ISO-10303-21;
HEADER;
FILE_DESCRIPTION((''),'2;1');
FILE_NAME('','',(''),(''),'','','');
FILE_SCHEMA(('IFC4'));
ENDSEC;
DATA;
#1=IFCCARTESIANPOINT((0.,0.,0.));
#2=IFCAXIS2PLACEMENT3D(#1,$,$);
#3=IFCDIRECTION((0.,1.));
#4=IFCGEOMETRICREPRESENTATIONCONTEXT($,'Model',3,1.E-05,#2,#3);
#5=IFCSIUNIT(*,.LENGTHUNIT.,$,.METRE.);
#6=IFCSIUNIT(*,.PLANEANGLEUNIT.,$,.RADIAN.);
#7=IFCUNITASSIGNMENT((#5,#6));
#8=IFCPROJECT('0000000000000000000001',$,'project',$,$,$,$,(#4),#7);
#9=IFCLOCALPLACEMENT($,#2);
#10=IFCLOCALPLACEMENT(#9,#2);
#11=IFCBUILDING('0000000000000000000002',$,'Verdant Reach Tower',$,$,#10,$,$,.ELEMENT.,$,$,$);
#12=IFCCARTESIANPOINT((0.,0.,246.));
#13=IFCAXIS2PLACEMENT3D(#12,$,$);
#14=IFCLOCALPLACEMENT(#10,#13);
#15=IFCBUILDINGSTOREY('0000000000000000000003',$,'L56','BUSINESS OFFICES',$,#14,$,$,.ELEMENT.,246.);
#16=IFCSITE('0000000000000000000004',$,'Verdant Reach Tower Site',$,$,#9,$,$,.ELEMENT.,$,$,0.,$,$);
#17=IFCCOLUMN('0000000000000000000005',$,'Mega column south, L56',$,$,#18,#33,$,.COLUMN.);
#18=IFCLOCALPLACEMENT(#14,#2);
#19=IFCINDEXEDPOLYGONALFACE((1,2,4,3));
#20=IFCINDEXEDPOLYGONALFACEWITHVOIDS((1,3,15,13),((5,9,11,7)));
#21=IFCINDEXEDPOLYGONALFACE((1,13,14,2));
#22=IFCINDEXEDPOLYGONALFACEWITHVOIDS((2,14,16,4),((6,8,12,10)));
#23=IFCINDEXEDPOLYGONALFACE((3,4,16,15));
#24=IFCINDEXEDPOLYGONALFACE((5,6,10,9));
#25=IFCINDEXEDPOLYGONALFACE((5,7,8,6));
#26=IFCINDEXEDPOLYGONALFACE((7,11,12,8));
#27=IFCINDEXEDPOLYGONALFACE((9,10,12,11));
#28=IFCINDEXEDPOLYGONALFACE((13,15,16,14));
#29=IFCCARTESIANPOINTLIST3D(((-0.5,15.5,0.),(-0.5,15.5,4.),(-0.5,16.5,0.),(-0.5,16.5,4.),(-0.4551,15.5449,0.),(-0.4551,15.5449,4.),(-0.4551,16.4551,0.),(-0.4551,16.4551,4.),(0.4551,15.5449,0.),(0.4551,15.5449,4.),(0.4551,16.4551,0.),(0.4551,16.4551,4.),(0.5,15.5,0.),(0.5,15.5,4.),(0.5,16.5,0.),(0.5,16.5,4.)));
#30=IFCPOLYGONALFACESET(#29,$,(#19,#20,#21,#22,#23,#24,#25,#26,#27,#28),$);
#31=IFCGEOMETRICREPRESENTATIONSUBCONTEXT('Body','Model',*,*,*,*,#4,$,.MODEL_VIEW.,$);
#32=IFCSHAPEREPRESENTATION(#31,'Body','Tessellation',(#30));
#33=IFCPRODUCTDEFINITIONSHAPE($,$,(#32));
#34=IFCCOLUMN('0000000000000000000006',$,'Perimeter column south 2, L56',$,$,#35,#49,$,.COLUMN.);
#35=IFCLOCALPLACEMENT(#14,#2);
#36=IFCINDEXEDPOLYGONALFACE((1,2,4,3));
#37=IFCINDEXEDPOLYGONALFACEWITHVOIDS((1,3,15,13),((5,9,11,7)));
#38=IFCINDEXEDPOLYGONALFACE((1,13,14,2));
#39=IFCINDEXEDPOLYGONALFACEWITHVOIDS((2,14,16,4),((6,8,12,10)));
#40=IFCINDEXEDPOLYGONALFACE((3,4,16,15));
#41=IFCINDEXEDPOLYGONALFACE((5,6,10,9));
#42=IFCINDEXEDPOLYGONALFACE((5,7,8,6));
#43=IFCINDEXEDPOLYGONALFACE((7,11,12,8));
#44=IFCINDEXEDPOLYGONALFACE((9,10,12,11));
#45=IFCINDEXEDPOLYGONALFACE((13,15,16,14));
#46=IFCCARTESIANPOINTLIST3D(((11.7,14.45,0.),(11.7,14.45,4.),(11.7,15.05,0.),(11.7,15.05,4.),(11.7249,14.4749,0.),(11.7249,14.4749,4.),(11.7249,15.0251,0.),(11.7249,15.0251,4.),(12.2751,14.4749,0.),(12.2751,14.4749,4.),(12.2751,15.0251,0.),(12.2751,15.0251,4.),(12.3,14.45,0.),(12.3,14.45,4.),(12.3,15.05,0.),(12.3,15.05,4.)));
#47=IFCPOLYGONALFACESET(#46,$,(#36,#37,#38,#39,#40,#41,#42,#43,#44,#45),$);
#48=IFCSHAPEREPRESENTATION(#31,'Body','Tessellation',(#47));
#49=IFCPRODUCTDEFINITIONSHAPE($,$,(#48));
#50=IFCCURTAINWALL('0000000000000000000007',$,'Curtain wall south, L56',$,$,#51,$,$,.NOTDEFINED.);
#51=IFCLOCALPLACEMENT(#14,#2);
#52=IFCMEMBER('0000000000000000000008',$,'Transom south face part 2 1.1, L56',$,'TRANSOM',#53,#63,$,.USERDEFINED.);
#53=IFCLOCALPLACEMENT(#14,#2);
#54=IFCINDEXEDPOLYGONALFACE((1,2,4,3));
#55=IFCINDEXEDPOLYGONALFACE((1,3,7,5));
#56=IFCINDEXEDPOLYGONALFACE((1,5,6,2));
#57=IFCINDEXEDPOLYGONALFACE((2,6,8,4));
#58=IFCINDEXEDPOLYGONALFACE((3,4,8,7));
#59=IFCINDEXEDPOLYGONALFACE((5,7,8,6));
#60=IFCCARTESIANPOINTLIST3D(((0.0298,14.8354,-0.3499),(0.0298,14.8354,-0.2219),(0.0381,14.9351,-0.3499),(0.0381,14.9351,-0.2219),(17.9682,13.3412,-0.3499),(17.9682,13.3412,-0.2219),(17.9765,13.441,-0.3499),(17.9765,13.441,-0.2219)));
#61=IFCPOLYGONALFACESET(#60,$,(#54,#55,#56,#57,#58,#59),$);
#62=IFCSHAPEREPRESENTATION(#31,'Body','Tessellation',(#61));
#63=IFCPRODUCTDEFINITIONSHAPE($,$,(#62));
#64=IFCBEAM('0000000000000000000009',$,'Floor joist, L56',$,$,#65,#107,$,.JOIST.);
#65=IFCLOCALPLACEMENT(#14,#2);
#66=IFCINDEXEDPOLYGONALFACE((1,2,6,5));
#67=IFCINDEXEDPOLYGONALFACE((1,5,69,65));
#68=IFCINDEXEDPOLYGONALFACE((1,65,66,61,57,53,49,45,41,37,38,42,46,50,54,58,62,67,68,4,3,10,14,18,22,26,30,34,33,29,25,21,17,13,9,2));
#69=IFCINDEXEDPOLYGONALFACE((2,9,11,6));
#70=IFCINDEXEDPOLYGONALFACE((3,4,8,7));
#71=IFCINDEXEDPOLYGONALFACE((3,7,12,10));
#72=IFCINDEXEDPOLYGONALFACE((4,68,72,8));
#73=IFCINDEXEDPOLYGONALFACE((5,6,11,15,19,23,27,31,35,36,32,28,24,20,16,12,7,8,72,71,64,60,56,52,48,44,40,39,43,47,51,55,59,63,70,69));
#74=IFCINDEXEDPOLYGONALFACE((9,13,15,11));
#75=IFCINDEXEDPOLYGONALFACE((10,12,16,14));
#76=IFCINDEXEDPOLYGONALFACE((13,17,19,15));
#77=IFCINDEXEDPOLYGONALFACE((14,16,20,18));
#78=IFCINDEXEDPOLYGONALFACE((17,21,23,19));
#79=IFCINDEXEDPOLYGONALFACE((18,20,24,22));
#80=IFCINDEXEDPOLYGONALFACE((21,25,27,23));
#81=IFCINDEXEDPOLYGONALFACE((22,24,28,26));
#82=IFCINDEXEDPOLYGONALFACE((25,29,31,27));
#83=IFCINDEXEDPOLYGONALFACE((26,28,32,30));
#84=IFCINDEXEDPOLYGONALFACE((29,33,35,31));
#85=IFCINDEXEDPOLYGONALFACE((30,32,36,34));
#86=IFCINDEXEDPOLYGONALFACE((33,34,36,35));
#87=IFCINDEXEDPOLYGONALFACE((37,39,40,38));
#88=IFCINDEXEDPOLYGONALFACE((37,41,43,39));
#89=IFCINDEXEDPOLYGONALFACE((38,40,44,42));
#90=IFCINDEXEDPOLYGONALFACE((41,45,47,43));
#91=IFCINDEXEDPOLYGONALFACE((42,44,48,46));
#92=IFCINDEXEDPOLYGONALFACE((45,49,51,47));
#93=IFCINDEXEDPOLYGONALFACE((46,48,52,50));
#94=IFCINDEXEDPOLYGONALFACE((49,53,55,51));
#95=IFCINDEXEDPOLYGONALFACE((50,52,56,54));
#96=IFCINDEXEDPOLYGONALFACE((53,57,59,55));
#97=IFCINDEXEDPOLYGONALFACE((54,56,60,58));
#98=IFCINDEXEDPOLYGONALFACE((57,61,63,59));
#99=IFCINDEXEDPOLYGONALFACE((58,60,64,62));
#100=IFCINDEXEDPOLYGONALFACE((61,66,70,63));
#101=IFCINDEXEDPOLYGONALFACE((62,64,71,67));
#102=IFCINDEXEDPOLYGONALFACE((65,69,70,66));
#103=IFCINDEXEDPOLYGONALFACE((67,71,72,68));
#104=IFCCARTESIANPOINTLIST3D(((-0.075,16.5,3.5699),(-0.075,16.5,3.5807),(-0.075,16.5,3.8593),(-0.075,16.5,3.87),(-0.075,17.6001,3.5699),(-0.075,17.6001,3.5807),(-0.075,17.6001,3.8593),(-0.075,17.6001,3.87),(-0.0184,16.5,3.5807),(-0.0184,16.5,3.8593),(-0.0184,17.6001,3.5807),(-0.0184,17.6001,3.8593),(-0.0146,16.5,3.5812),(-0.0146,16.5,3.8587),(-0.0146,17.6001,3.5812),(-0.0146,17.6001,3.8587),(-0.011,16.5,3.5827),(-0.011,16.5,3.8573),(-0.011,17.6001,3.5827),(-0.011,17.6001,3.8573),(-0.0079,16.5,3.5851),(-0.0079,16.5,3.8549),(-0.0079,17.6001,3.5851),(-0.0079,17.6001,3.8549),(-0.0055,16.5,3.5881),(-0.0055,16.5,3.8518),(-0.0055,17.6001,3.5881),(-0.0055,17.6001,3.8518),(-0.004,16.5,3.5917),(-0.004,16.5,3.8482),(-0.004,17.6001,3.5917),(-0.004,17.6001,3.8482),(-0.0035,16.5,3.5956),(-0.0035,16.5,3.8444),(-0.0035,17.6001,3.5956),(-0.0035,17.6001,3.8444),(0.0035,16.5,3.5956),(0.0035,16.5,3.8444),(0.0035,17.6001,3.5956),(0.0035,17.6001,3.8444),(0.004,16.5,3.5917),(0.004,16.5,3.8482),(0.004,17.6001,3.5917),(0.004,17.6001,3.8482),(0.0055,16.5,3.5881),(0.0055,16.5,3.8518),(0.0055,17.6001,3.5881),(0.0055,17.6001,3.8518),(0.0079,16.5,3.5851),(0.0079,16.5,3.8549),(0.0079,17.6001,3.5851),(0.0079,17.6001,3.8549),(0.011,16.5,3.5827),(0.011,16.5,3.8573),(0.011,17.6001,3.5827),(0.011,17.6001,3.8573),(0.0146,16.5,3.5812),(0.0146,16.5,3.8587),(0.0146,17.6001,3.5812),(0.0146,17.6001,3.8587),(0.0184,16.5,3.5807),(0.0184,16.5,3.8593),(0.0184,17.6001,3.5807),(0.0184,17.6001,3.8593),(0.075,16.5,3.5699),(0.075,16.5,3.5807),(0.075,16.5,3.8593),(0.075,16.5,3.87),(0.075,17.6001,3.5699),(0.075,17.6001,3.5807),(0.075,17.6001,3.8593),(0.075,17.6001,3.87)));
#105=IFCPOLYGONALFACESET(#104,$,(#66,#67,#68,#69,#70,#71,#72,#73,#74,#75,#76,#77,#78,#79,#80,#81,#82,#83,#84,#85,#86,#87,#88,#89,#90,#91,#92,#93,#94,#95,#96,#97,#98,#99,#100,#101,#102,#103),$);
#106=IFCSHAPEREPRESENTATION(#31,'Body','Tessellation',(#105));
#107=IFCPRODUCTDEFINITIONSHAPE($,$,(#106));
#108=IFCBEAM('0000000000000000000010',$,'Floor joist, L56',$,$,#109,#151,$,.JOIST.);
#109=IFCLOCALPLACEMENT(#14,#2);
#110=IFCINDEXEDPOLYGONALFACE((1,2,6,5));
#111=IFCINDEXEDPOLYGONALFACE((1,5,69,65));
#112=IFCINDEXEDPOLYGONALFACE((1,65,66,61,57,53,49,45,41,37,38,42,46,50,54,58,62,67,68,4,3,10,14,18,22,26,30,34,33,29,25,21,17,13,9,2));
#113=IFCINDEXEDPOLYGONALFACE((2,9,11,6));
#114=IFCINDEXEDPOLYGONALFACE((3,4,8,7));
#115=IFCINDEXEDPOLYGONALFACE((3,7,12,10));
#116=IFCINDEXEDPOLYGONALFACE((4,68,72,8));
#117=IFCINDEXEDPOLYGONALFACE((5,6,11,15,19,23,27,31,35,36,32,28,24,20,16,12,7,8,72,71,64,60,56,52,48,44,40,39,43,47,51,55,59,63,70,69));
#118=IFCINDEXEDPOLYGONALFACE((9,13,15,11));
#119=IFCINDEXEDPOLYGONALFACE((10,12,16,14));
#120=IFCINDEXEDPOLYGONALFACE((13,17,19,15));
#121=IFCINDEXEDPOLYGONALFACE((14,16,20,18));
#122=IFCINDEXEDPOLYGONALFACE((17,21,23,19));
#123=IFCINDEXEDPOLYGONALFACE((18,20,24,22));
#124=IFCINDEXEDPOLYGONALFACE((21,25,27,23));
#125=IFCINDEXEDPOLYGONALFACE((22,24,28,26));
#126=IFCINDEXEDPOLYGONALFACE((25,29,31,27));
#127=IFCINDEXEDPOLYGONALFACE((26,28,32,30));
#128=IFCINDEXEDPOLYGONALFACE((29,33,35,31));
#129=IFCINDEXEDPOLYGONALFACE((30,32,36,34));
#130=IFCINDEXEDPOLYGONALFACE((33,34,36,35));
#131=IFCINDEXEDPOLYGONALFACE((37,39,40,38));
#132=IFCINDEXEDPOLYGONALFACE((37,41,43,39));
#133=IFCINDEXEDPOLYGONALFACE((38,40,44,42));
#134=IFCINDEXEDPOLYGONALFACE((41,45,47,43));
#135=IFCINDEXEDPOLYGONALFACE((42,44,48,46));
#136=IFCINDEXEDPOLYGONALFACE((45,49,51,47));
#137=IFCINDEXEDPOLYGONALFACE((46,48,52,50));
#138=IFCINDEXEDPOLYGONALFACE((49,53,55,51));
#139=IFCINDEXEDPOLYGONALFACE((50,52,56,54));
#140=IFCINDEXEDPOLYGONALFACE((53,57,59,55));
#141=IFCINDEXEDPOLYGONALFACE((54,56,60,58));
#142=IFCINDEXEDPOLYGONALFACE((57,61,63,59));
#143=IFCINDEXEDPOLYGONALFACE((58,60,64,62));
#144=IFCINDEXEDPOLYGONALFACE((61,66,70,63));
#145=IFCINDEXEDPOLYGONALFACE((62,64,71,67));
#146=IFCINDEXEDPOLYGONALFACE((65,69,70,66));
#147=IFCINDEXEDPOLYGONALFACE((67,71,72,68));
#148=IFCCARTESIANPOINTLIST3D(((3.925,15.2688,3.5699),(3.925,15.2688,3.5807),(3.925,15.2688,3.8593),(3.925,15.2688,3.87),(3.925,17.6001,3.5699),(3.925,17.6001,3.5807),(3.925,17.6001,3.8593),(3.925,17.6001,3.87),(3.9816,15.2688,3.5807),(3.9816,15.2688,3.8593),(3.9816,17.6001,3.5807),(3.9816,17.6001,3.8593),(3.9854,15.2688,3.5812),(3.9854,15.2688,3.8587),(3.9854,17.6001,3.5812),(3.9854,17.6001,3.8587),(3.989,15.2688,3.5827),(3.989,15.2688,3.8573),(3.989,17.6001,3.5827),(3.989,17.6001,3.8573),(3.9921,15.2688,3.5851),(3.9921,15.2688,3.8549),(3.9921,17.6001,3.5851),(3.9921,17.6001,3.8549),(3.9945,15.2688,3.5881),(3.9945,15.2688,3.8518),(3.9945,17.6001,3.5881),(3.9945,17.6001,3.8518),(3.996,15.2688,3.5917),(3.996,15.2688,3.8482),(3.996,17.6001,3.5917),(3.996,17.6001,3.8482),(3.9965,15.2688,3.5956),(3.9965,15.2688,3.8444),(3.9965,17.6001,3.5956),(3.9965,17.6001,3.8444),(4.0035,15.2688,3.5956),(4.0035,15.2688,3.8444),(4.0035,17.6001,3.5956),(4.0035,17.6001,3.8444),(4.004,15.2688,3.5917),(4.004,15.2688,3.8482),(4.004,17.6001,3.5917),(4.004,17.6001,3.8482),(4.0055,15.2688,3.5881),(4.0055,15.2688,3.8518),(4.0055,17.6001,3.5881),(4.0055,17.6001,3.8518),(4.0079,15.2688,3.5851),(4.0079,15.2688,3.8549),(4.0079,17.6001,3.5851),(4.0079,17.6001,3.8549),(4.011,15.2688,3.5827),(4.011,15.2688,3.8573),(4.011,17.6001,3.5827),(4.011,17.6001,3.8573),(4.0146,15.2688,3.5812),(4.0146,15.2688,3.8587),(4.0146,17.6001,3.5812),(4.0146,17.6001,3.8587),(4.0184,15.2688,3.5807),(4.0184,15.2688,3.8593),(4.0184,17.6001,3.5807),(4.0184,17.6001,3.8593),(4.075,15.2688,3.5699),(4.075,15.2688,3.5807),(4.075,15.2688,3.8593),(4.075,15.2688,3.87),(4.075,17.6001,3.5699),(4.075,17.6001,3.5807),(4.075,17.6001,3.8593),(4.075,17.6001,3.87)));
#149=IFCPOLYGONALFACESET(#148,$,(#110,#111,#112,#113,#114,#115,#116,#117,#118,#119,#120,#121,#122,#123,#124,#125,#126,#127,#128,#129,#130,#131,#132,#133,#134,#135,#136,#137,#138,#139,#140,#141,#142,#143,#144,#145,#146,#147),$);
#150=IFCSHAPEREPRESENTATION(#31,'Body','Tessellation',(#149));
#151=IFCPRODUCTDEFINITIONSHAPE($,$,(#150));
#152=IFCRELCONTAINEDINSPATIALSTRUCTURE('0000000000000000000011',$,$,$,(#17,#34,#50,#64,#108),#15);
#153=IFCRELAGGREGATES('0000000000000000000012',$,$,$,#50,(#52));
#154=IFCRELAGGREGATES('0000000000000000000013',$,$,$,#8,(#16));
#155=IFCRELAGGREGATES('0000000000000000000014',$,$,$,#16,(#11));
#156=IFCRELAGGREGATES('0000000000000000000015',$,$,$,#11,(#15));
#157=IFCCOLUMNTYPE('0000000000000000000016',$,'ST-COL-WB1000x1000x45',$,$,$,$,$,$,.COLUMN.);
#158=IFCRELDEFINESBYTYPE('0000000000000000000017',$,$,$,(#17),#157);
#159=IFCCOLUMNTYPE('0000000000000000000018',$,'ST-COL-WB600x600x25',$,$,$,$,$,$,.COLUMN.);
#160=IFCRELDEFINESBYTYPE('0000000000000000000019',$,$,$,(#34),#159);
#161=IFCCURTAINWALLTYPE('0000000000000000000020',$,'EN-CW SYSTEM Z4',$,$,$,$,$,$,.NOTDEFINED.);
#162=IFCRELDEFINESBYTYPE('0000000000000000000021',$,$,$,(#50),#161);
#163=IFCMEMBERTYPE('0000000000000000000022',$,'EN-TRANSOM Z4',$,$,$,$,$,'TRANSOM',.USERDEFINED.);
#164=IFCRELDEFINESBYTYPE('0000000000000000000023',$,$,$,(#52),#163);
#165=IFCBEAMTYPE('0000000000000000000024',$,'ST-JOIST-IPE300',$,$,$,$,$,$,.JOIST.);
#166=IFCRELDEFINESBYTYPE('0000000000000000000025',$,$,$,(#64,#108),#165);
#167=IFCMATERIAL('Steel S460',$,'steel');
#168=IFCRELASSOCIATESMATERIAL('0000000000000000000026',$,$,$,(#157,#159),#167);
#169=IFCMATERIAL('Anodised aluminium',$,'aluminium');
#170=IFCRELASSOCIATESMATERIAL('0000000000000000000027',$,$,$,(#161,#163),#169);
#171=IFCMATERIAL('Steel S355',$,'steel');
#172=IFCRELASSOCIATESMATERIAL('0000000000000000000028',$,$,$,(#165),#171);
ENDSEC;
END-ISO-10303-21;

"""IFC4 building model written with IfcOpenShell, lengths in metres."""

from ifc_helpers import new_model, si_unit, direction, frame, origin, origin_2d, place, context, subcontext, project, spatial, rectangle, hollow_rectangle, i_section, extrude, material, material_profile, profile_set, type_object, element, aggregate, save


model = new_model("IFC4")

# Units and contexts
model_context = context("Model", 3, precision=1e-05, world=origin(), true_north=direction((0.0, 1.0)))
body_context = subcontext(model_context, "Body", "Model", "MODEL_VIEW")
ifc_project = project(units=[si_unit("LENGTHUNIT", "METRE"), si_unit("PLANEANGLEUNIT", "RADIAN")], contexts=[model_context])

# Site, building, storey
site_placement = place(None, origin())
site = spatial("IfcSite", under=ifc_project, at=site_placement, Name="Verdant Reach Tower Site", CompositionType="ELEMENT", RefElevation=0.0)
building_placement = place(site_placement, origin())
building = spatial("IfcBuilding", under=site, at=building_placement, Name="Verdant Reach Tower", CompositionType="ELEMENT")
storey_placement = place(building_placement, frame((0.0, 0.0, 246.0)))
storey = spatial("IfcBuildingStorey", under=building, at=storey_placement, Name="L56", Description="BUSINESS OFFICES", CompositionType="ELEMENT", Elevation=246.0)

# Columns
ifc_material_1 = material(Name="Steel S460", Category="steel")
ifc_material_profile_1 = material_profile(ifc_material_1, hollow_rectangle(XDim=1.0, YDim=1.0, WallThickness=0.0449, at=origin_2d()), Name="WB 1000x1000x45")
ifc_profile_set_1 = profile_set([ifc_material_profile_1], Name="Steel S460")
column_type_1 = type_object("IfcColumnType", Name="ST-COL-WB1000x1000x45", PredefinedType="COLUMN", material=ifc_profile_set_1)
column_1_placement = place(storey_placement, frame((0.0, 16.0, 0.0), z_axis=(0.0, 0.0, 1.0), x_axis=(1.0, 0.0, 0.0)))
element("IfcColumn", 1, at=column_1_placement, inside=storey, type_object=column_type_1, Name="Mega column south, L56", PredefinedType="COLUMN", context=body_context, shape_type="SweptSolid", body=[
    extrude(hollow_rectangle(XDim=1.0, YDim=1.0, WallThickness=0.0449, at=origin_2d()), origin(), (0.0, 0.0, 1.0), 4.0),
])
ifc_material_profile_2 = material_profile(ifc_material_1, hollow_rectangle(XDim=0.6001, YDim=0.6001, WallThickness=0.0249, at=origin_2d()), Name="WB 600x600x25")
ifc_profile_set_2 = profile_set([ifc_material_profile_2], Name="Steel S460")
column_type_2 = type_object("IfcColumnType", Name="ST-COL-WB600x600x25", PredefinedType="COLUMN", material=ifc_profile_set_2)
column_2_placement = place(storey_placement, frame((12.0, 14.75, 0.0), z_axis=(0.0, 0.0, 1.0), x_axis=(1.0, 0.0, 0.0)))
element("IfcColumn", 2, at=column_2_placement, inside=storey, type_object=column_type_2, Name="Perimeter column south 2, L56", PredefinedType="COLUMN", context=body_context, shape_type="SweptSolid", body=[
    extrude(hollow_rectangle(XDim=0.6001, YDim=0.6001, WallThickness=0.0249, at=origin_2d()), origin(), (0.0, 0.0, 1.0), 4.0),
])

# Curtain wall, member
ifc_material_2 = material(Name="Anodised aluminium", Category="aluminium")
curtain_wall_type = type_object("IfcCurtainWallType", Name="EN-CW SYSTEM Z4", PredefinedType="NOTDEFINED", material=ifc_material_2)
curtain_wall_placement = place(storey_placement, origin())
curtain_wall = element("IfcCurtainWall", 3, at=curtain_wall_placement, inside=storey, type_object=curtain_wall_type, Name="Curtain wall south, L56", PredefinedType="NOTDEFINED")
ifc_material_profile_3 = material_profile(ifc_material_2, rectangle(XDim=0.1001, YDim=0.1279, at=origin_2d()), Name="Transom 128x100")
ifc_profile_set_3 = profile_set([ifc_material_profile_3], Name="Anodised aluminium")
member_type = type_object("IfcMemberType", Name="EN-TRANSOM Z4", ElementType="TRANSOM", PredefinedType="USERDEFINED", material=ifc_profile_set_3)
member_placement = place(storey_placement, frame((0.0339, 14.8853, -0.2859), z_axis=(0.996549, -0.083005, 0.0), x_axis=(0.083005, 0.996549, 0.0)))
member = element("IfcMember", 4, at=member_placement, type_object=member_type, Name="Transom south face part 2 1.1, L56", ObjectType="TRANSOM", PredefinedType="USERDEFINED", context=body_context, shape_type="SweptSolid", body=[
    extrude(rectangle(XDim=0.1001, YDim=0.1279, at=origin_2d()), origin(), (0.0, 0.0, 1.0), 18.0005),
])

# Beams
ifc_material_3 = material(Name="Steel S355", Category="steel")
ifc_material_profile_4 = material_profile(ifc_material_3, i_section(OverallWidth=0.1499, OverallDepth=0.3, WebThickness=0.0071, FlangeThickness=0.0107, FilletRadius=0.0149, at=origin_2d()), Name="IPE 300")
ifc_profile_set_4 = profile_set([ifc_material_profile_4], Name="Steel S355")
beam_type = type_object("IfcBeamType", Name="ST-JOIST-IPE300", PredefinedType="JOIST", material=ifc_profile_set_4)
beam_1_placement = place(storey_placement, frame((0.0, 17.6001, 3.72), z_axis=(0.0, -1.0, 0.0), x_axis=(1.0, 0.0, 0.0)))
element("IfcBeam", 5, at=beam_1_placement, inside=storey, type_object=beam_type, Name="Floor joist, L56", PredefinedType="JOIST", context=body_context, shape_type="SweptSolid", body=[
    extrude(i_section(OverallWidth=0.1499, OverallDepth=0.3, WebThickness=0.0071, FlangeThickness=0.0107, FilletRadius=0.0149, at=origin_2d()), origin(), (0.0, 0.0, 1.0), 1.1001),
])
beam_2_placement = place(storey_placement, frame((4.0, 17.6001, 3.72), z_axis=(0.0, -1.0, 0.0), x_axis=(1.0, 0.0, 0.0)))
element("IfcBeam", 6, at=beam_2_placement, inside=storey, type_object=beam_type, Name="Floor joist, L56", PredefinedType="JOIST", context=body_context, shape_type="SweptSolid", body=[
    extrude(i_section(OverallWidth=0.1499, OverallDepth=0.3, WebThickness=0.0071, FlangeThickness=0.0107, FilletRadius=0.0149, at=origin_2d()), origin(), (0.0, 0.0, 1.0), 2.3313),
])

aggregate(curtain_wall, [member])

save(model, "model.ifc")
